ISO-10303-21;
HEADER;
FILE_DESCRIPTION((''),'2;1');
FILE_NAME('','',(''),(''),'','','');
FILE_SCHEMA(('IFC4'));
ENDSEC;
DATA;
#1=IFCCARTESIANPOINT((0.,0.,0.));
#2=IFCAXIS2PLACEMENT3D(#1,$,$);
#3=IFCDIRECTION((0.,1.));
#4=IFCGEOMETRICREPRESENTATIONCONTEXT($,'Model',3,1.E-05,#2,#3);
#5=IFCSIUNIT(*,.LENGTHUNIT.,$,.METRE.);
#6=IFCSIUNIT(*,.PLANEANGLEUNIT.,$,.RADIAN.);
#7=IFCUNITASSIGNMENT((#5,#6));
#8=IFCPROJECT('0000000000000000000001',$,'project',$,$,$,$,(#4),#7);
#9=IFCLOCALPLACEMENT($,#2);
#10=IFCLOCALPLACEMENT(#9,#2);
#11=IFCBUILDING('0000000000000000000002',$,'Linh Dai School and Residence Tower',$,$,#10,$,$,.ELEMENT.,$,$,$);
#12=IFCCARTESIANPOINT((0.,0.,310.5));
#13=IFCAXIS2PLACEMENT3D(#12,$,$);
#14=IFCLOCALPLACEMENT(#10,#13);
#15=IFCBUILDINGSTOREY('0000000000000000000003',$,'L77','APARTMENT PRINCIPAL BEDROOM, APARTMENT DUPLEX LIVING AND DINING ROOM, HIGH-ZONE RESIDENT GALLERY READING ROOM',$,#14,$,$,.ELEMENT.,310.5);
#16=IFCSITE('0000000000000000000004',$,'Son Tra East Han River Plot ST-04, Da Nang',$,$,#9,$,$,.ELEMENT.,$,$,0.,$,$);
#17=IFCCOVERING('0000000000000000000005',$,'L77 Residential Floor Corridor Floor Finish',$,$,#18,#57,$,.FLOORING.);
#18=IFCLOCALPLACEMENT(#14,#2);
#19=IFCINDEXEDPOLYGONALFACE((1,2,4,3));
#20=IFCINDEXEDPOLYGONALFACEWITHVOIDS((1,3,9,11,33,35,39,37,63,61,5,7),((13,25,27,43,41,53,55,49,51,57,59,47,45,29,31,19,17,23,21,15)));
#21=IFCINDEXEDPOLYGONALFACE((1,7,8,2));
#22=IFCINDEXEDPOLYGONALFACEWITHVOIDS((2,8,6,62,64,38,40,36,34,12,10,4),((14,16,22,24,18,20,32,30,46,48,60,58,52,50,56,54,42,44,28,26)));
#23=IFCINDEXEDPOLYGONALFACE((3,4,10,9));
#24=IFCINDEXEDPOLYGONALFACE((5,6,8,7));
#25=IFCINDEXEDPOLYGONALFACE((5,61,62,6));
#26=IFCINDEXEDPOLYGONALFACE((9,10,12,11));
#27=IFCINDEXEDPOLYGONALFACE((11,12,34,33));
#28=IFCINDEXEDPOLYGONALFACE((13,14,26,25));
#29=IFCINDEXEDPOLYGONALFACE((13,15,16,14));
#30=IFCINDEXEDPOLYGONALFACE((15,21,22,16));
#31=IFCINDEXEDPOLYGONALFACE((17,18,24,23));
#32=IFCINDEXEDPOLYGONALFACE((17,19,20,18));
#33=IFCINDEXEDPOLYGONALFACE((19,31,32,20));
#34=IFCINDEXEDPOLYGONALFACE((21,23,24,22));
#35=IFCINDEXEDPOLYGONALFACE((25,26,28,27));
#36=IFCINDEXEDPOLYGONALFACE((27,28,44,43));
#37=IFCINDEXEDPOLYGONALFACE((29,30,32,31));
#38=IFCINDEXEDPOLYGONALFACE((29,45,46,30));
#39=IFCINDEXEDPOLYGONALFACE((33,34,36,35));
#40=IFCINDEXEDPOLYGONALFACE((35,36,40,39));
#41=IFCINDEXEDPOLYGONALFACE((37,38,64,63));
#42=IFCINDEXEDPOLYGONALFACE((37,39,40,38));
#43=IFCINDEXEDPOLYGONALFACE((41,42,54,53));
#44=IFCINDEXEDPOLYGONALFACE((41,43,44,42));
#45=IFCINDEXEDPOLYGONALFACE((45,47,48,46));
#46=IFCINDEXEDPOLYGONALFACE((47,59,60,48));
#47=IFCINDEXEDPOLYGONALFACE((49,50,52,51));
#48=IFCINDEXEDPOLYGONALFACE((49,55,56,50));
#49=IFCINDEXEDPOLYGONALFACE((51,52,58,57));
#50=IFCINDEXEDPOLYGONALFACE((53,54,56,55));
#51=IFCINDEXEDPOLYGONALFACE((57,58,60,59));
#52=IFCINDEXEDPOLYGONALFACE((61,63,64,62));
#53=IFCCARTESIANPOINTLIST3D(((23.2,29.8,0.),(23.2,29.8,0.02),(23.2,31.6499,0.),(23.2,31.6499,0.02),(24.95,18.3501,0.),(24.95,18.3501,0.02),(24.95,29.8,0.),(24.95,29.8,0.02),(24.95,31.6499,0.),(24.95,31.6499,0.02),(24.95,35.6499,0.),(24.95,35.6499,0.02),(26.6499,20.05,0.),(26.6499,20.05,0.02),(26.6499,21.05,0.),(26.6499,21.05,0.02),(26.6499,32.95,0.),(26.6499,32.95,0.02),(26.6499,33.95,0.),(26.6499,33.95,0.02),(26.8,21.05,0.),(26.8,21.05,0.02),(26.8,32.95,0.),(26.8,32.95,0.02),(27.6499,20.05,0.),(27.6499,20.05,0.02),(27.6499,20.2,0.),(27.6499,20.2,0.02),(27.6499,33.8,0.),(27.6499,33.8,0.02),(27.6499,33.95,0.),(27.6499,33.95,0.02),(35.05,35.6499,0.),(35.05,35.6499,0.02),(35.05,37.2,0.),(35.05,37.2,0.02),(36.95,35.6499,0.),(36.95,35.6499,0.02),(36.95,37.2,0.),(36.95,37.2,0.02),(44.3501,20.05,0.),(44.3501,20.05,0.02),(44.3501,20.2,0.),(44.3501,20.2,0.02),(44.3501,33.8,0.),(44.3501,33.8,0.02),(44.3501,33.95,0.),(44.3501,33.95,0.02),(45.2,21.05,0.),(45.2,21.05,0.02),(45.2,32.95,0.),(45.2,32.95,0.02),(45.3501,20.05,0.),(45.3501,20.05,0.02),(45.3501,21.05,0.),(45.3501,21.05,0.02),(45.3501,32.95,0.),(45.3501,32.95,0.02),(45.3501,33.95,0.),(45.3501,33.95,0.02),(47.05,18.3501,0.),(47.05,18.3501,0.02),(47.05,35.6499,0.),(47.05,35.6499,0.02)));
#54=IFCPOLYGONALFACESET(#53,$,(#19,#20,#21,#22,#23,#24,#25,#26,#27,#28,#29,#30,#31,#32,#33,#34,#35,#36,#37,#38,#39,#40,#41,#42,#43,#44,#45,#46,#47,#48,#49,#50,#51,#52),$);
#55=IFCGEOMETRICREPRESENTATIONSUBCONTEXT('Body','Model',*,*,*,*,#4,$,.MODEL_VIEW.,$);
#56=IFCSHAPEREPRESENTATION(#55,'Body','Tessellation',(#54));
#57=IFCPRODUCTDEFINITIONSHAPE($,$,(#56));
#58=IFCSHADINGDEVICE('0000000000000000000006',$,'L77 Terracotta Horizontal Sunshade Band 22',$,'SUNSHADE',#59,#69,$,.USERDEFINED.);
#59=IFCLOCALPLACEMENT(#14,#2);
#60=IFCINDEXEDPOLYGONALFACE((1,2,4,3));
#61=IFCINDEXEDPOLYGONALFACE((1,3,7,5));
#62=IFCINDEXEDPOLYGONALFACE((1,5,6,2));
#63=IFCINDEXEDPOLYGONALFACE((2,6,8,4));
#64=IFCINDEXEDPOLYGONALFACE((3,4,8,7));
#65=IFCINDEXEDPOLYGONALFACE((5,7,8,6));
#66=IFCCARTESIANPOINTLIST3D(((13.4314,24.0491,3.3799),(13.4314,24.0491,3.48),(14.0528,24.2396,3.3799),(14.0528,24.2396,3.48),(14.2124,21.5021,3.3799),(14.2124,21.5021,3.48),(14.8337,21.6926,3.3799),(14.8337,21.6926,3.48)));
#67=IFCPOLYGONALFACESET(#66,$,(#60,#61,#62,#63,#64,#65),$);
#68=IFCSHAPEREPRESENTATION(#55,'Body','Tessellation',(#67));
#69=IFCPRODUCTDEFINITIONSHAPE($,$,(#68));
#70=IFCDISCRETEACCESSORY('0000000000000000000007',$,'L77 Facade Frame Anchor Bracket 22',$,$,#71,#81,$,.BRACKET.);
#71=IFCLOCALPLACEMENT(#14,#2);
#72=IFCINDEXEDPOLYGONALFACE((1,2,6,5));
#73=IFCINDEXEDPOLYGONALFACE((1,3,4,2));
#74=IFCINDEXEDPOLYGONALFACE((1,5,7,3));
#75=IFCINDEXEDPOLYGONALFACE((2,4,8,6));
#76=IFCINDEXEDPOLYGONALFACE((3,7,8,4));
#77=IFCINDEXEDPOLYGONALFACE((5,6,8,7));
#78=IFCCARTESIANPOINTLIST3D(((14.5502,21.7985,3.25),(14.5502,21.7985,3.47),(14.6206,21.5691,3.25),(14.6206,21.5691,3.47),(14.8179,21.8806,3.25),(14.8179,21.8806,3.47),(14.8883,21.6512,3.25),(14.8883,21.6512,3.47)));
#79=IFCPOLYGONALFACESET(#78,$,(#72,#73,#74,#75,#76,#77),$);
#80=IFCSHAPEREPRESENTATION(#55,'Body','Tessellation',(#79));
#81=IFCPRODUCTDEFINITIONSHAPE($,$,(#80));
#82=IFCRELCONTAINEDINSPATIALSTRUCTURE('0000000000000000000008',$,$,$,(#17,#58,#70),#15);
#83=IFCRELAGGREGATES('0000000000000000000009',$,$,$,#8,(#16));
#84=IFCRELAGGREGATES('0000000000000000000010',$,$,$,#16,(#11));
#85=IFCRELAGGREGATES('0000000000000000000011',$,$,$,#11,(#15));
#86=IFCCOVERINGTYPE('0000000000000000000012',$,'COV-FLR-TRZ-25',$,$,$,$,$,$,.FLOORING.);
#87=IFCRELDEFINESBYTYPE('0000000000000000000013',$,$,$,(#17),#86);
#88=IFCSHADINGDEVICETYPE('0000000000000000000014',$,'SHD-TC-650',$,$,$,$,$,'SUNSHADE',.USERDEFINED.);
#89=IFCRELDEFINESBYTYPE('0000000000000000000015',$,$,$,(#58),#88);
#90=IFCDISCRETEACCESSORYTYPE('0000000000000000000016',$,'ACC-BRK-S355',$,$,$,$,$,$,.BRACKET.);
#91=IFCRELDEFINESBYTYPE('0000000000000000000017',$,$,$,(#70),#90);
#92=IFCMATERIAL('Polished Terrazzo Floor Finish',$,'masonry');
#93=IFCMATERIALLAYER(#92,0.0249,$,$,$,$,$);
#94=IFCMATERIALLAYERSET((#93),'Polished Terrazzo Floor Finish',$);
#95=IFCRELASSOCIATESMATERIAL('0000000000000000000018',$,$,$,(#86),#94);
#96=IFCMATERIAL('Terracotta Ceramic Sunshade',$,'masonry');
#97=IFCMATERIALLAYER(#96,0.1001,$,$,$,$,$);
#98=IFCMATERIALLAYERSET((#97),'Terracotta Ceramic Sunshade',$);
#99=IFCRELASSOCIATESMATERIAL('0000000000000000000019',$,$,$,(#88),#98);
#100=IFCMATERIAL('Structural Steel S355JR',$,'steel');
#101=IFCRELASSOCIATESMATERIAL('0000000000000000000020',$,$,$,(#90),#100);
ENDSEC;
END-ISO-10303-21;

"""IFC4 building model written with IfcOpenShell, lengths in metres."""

from ifc_helpers import new_model, si_unit, direction, frame, origin, origin_2d, place, context, subcontext, project, spatial, polyline, rectangle, outline, extrude, source, transform, mapped, material, layer, layer_set, type_object, element, save


model = new_model("IFC4")

# Units and contexts
model_context = context("Model", 3, precision=1e-05, world=origin(), true_north=direction((0.0, 1.0)))
body_context = subcontext(model_context, "Body", "Model", "MODEL_VIEW")
ifc_project = project(units=[si_unit("LENGTHUNIT", "METRE"), si_unit("PLANEANGLEUNIT", "RADIAN")], contexts=[model_context])

# Site, building, storey
site_placement = place(None, origin())
site = spatial("IfcSite", under=ifc_project, at=site_placement, Name="Son Tra East Han River Plot ST-04, Da Nang", CompositionType="ELEMENT", RefElevation=0.0)
building_placement = place(site_placement, origin())
building = spatial("IfcBuilding", under=site, at=building_placement, Name="Linh Dai School and Residence Tower", CompositionType="ELEMENT")
storey_placement = place(building_placement, frame((0.0, 0.0, 310.5)))
storey = spatial("IfcBuildingStorey", under=building, at=storey_placement, Name="L77", Description="APARTMENT PRINCIPAL BEDROOM, APARTMENT DUPLEX LIVING AND DINING ROOM, HIGH-ZONE RESIDENT GALLERY READING ROOM", CompositionType="ELEMENT", Elevation=310.5)

# Shared definitions
ifc_material_1 = material(Name="Structural Steel S355JR", Category="steel")

# Covering
ifc_material_2 = material(Name="Polished Terrazzo Floor Finish", Category="masonry")
ifc_layer_1 = layer(ifc_material_2, 0.0249)
ifc_layer_set_1 = layer_set([ifc_layer_1], Name="Polished Terrazzo Floor Finish")
covering_type_1 = type_object("IfcCoveringType", Name="COV-FLR-TRZ-25", PredefinedType="FLOORING", material=ifc_layer_set_1)
covering_1_placement = place(storey_placement, origin())
element("IfcCovering", 1, at=covering_1_placement, inside=storey, type_object=covering_type_1, Name="L77 Residential Floor Corridor Floor Finish", PredefinedType="FLOORING", context=body_context, shape_type="SweptSolid", body=[
    extrude(outline(polyline([(23.2, 31.6499), (24.95, 31.6499), (24.95, 35.6499), (35.05, 35.6499), (35.05, 37.2), (36.95, 37.2), (36.95, 35.6499), (47.05, 35.6499), (47.05, 18.3501), (24.95, 18.3501), (24.95, 29.8), (23.2, 29.8), (23.2, 31.6499)]), holes=[polyline([(27.6499, 33.8), (27.6499, 33.95), (26.6499, 33.95), (26.6499, 32.95), (26.8, 32.95), (26.8, 21.05), (26.6499, 21.05), (26.6499, 20.05), (27.6499, 20.05), (27.6499, 20.2), (44.3501, 20.2), (44.3501, 20.05), (45.3501, 20.05), (45.3501, 21.05), (45.2, 21.05), (45.2, 32.95), (45.3501, 32.95), (45.3501, 33.95), (44.3501, 33.95), (44.3501, 33.8), (27.6499, 33.8)])]), origin(), (0.0, 0.0, 1.0), 0.02),
])

# Shading device
ifc_material_3 = material(Name="Terracotta Ceramic Sunshade", Category="masonry")
ifc_layer_2 = layer(ifc_material_3, 0.1001)
ifc_layer_set_2 = layer_set([ifc_layer_2], Name="Terracotta Ceramic Sunshade")
shading_device_type = type_object("IfcShadingDeviceType", Name="SHD-TC-650", ElementType="SUNSHADE", PredefinedType="USERDEFINED", material=ifc_layer_set_2)
shared_shape_1 = source(origin(), body_context, "Body", "SweptSolid", [
    extrude(rectangle(XDim=2.6641, YDim=0.6499, at=origin_2d()), origin(), (0.0, 0.0, 1.0), 0.1001),
])
shading_device_placement = place(storey_placement, frame((14.1326, 22.8708, 3.3799), z_axis=(0.0, 0.0, 1.0), x_axis=(-0.293141, 0.956069, 0.0)))
element("IfcShadingDevice", 2, at=shading_device_placement, inside=storey, type_object=shading_device_type, Name="L77 Terracotta Horizontal Sunshade Band 22", ObjectType="SUNSHADE", PredefinedType="USERDEFINED", context=body_context, shape_type="MappedRepresentation", body=[
    mapped(shared_shape_1, transform((0.0, 0.0, 0.0), x_axis=(1.0, 0.0, 0.0), y_axis=(0.0, 1.0, 0.0), z_axis=(0.0, 0.0, 1.0), scale=1.0)),
])

# Discrete accessory
discrete_accessory_type = type_object("IfcDiscreteAccessoryType", Name="ACC-BRK-S355", PredefinedType="BRACKET", material=ifc_material_1)
shared_shape_2 = source(origin(), body_context, "Body", "SweptSolid", [
    extrude(rectangle(XDim=0.28, YDim=0.24, at=origin_2d()), origin(), (0.0, 0.0, 1.0), 0.22),
])
discrete_accessory_placement = place(storey_placement, frame((14.7192, 21.7249, 3.25), z_axis=(0.0, 0.0, 1.0), x_axis=(-0.956069, -0.293141, 0.0)))
element("IfcDiscreteAccessory", 3, at=discrete_accessory_placement, inside=storey, type_object=discrete_accessory_type, Name="L77 Facade Frame Anchor Bracket 22", PredefinedType="BRACKET", context=body_context, shape_type="MappedRepresentation", body=[
    mapped(shared_shape_2, transform((0.0, 0.0, 0.0), x_axis=(1.0, 0.0, 0.0), y_axis=(0.0, 1.0, 0.0), z_axis=(0.0, 0.0, 1.0), scale=1.0)),
])

save(model, "model.ifc")
